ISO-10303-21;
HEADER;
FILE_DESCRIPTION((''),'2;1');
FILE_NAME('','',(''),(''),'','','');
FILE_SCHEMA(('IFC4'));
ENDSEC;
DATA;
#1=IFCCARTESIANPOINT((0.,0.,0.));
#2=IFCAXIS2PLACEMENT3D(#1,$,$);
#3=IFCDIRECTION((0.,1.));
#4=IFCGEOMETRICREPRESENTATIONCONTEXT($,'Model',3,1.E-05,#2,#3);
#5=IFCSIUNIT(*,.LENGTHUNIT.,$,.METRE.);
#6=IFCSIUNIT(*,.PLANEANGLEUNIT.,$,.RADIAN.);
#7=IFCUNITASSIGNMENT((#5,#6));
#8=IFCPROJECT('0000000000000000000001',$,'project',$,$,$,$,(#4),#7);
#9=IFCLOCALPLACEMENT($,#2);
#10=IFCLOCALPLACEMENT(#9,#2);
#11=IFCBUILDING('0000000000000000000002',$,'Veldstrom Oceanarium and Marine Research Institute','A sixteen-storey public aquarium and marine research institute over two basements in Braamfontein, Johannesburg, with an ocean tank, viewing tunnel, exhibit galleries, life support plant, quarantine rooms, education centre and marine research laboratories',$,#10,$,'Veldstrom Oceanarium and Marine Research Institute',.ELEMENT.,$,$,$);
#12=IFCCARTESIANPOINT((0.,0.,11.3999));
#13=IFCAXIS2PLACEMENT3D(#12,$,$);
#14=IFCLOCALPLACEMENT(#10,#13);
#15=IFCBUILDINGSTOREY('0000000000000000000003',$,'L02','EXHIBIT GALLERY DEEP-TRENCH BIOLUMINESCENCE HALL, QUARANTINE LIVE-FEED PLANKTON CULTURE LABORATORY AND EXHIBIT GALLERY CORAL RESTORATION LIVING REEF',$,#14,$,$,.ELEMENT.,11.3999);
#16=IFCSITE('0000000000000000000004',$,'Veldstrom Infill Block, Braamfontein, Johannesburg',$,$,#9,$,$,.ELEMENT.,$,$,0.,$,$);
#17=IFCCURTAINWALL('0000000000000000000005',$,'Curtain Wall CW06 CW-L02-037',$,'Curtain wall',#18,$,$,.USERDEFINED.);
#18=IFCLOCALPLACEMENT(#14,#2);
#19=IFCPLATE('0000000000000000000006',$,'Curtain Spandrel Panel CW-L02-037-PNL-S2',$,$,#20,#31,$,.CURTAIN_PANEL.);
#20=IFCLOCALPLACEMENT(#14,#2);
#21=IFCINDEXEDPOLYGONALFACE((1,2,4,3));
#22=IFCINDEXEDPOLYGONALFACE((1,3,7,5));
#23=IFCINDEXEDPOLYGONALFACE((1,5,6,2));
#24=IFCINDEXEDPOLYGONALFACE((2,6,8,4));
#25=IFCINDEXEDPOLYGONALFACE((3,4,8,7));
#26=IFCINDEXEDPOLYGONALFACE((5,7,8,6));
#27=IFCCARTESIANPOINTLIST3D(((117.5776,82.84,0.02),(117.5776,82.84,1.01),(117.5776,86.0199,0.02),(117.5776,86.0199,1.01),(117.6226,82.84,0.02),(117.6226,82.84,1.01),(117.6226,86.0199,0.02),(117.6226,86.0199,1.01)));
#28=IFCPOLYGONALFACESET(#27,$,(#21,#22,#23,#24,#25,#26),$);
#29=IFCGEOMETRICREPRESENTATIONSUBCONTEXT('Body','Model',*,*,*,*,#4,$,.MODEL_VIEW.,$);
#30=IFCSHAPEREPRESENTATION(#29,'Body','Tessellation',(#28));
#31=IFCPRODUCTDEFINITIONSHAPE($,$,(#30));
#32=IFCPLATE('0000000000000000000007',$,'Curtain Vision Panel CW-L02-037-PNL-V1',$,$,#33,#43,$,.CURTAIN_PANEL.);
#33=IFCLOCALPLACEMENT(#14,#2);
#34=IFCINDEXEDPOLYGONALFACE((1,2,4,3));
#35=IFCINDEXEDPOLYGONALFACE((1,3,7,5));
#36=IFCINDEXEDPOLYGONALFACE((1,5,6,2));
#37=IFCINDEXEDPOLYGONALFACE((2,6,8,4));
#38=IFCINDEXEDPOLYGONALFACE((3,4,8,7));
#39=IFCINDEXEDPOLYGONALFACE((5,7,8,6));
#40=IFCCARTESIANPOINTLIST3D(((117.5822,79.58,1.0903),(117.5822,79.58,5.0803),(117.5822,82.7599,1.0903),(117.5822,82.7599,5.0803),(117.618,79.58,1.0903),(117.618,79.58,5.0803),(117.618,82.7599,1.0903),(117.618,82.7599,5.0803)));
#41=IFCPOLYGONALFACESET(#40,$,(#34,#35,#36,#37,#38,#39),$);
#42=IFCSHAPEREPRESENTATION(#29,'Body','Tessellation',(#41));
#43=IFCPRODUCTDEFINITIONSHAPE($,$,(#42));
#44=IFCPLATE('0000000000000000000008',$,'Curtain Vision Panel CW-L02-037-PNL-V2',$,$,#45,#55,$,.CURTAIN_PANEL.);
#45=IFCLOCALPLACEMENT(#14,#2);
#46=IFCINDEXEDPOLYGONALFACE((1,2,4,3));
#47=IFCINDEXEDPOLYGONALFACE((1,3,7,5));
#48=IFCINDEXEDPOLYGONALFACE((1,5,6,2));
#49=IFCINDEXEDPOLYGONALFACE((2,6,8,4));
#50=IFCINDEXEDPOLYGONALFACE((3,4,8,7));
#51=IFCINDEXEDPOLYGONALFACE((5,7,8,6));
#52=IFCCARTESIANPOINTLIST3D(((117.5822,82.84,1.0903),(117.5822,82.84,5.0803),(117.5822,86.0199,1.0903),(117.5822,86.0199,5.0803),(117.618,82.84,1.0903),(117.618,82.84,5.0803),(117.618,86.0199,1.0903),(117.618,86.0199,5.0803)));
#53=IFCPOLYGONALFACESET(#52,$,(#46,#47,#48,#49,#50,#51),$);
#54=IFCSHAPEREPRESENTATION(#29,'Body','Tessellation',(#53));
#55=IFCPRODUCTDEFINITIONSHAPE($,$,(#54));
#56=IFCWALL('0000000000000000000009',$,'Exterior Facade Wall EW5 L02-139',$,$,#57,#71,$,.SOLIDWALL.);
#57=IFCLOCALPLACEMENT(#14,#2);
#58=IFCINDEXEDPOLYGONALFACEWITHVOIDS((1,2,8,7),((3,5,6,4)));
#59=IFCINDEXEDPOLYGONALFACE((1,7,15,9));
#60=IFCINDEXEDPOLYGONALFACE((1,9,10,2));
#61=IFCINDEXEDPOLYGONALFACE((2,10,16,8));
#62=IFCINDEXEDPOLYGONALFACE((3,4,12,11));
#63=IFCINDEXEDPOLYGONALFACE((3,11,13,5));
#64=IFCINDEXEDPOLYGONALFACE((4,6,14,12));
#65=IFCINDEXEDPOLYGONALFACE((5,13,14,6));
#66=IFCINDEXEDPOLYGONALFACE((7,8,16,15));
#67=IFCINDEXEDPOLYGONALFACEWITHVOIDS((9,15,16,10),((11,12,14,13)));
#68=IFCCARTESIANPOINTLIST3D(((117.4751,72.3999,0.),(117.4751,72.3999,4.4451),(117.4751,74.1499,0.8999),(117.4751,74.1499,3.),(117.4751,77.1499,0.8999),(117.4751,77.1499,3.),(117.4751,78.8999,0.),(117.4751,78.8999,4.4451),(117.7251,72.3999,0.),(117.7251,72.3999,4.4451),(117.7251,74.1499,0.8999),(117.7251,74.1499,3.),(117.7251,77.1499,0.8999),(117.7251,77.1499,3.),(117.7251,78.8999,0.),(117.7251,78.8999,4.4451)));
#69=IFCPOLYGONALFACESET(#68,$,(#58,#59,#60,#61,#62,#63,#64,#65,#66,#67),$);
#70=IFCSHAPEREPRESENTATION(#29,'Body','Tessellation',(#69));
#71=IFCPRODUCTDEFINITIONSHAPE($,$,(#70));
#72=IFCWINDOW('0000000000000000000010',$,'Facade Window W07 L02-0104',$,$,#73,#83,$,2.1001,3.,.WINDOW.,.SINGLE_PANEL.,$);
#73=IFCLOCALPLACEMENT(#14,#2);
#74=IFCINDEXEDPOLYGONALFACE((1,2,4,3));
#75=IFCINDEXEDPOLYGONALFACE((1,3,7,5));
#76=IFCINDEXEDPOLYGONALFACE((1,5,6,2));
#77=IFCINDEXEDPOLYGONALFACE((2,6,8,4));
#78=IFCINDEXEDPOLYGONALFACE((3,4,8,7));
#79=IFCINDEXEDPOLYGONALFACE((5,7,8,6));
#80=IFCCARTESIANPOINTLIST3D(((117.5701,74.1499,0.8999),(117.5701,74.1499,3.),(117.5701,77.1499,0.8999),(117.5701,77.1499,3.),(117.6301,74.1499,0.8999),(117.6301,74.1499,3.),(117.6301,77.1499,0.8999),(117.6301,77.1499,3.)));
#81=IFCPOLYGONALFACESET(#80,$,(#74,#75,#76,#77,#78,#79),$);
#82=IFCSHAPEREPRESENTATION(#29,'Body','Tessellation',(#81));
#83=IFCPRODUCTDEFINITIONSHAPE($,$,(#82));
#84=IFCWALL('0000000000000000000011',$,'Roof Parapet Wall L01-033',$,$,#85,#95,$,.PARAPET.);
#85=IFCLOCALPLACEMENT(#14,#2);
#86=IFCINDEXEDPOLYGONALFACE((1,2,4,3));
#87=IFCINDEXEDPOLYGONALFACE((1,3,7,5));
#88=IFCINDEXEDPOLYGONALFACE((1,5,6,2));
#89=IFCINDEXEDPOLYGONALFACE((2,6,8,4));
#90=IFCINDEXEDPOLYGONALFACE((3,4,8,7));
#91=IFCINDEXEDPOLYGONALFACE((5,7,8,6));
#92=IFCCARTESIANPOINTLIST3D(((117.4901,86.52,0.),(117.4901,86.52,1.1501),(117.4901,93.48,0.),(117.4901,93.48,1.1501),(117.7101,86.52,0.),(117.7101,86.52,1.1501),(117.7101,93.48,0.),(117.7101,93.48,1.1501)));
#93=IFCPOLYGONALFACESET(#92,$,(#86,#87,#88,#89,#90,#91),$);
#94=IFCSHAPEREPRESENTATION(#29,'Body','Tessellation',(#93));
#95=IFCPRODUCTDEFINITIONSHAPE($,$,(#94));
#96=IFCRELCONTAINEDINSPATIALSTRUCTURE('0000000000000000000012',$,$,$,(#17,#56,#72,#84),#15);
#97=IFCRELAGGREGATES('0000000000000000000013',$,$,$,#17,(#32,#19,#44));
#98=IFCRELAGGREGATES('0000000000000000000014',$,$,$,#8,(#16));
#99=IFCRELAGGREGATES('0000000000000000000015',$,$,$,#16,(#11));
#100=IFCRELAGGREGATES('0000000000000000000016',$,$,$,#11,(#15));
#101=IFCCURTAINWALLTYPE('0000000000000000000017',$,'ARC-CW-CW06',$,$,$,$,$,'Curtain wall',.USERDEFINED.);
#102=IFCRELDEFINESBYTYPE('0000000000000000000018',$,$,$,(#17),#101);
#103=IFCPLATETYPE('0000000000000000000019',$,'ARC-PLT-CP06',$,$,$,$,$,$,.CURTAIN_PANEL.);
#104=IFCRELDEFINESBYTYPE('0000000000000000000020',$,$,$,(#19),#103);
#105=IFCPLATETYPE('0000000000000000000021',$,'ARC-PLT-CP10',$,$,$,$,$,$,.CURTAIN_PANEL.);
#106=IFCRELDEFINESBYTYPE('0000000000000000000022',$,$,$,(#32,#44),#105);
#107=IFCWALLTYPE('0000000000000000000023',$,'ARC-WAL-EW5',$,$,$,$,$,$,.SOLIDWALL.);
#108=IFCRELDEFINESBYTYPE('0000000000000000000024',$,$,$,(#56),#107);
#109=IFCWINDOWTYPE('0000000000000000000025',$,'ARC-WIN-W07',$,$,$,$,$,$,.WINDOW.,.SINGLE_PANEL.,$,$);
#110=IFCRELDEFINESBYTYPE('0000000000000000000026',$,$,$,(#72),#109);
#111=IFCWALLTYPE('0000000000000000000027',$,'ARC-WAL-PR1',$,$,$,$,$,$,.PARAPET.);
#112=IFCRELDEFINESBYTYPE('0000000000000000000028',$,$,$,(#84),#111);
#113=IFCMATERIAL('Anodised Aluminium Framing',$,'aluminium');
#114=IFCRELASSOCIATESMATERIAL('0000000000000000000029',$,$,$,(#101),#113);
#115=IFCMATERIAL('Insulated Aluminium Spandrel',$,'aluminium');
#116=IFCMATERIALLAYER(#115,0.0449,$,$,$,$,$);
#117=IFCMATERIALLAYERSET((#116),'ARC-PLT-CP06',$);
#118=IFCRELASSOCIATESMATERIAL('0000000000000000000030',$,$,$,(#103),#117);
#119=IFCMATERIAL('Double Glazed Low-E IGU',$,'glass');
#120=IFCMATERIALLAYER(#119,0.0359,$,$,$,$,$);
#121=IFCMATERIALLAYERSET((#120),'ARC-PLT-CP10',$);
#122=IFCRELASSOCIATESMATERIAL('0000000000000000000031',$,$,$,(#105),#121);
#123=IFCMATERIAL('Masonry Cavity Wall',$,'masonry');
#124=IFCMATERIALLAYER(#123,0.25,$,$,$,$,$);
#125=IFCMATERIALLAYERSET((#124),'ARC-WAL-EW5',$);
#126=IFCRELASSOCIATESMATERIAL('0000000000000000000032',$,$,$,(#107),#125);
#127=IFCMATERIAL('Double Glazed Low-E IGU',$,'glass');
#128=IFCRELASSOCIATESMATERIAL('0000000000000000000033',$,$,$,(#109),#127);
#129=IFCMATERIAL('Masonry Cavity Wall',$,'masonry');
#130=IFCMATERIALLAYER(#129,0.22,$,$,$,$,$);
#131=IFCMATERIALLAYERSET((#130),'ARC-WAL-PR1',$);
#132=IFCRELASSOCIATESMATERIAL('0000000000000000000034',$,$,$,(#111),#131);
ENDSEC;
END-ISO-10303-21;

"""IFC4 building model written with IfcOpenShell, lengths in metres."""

from ifc_helpers import new_model, si_unit, direction, frame, frame_2d, origin, origin_2d, place, context, subcontext, project, spatial, rectangle, extrude, material, layer, layer_set, type_object, element, fill, aggregate, save


model = new_model("IFC4")

# Units and contexts
model_context = context("Model", 3, precision=1e-05, world=origin(), true_north=direction((0.0, 1.0)))
body_context = subcontext(model_context, "Body", "Model", "MODEL_VIEW")
ifc_project = project(units=[si_unit("LENGTHUNIT", "METRE"), si_unit("PLANEANGLEUNIT", "RADIAN")], contexts=[model_context])

# Site, building, storey
site_placement = place(None, origin())
site = spatial("IfcSite", under=ifc_project, at=site_placement, Name="Veldstrom Infill Block, Braamfontein, Johannesburg", CompositionType="ELEMENT", RefElevation=0.0)
building_placement = place(site_placement, origin())
building = spatial("IfcBuilding", under=site, at=building_placement, Name="Veldstrom Oceanarium and Marine Research Institute", Description="A sixteen-storey public aquarium and marine research institute over two basements in Braamfontein, Johannesburg, with an ocean tank, viewing tunnel, exhibit galleries, life support plant, quarantine rooms, education centre and marine research laboratories", LongName="Veldstrom Oceanarium and Marine Research Institute", CompositionType="ELEMENT")
storey_placement = place(building_placement, frame((0.0, 0.0, 11.3999)))
storey = spatial("IfcBuildingStorey", under=building, at=storey_placement, Name="L02", Description="EXHIBIT GALLERY DEEP-TRENCH BIOLUMINESCENCE HALL, QUARANTINE LIVE-FEED PLANKTON CULTURE LABORATORY AND EXHIBIT GALLERY CORAL RESTORATION LIVING REEF", CompositionType="ELEMENT", Elevation=11.3999)

# Curtain wall
ifc_material_1 = material(Name="Anodised Aluminium Framing", Category="aluminium")
curtain_wall_type = type_object("IfcCurtainWallType", Name="ARC-CW-CW06", ElementType="Curtain wall", PredefinedType="USERDEFINED", material=ifc_material_1)
curtain_wall_placement = place(storey_placement, origin())
curtain_wall = element("IfcCurtainWall", 1, at=curtain_wall_placement, inside=storey, type_object=curtain_wall_type, Name="Curtain Wall CW06 CW-L02-037", ObjectType="Curtain wall", PredefinedType="USERDEFINED")

# Plates
ifc_material_2 = material(Name="Insulated Aluminium Spandrel", Category="aluminium")
ifc_layer_1 = layer(ifc_material_2, 0.0449)
ifc_layer_set_1 = layer_set([ifc_layer_1], Name="ARC-PLT-CP06")
plate_type_1 = type_object("IfcPlateType", Name="ARC-PLT-CP06", PredefinedType="CURTAIN_PANEL", material=ifc_layer_set_1)
plate_1_placement = place(storey_placement, frame((117.6001, 84.4299, 0.02), z_axis=(0.0, 0.0, 1.0), x_axis=(0.0, 1.0, 0.0)))
plate_1 = element("IfcPlate", 2, at=plate_1_placement, type_object=plate_type_1, Name="Curtain Spandrel Panel CW-L02-037-PNL-S2", PredefinedType="CURTAIN_PANEL", context=body_context, shape_type="SweptSolid", body=[
    extrude(rectangle(XDim=3.1799, YDim=0.0449, at=origin_2d()), origin(), (0.0, 0.0, 1.0), 0.99),
])
ifc_material_3 = material(Name="Double Glazed Low-E IGU", Category="glass")
ifc_layer_2 = layer(ifc_material_3, 0.0359)
ifc_layer_set_2 = layer_set([ifc_layer_2], Name="ARC-PLT-CP10")
plate_type_2 = type_object("IfcPlateType", Name="ARC-PLT-CP10", PredefinedType="CURTAIN_PANEL", material=ifc_layer_set_2)
plate_2_placement = place(storey_placement, frame((117.6001, 81.1699, 1.0903), z_axis=(0.0, 0.0, 1.0), x_axis=(0.0, 1.0, 0.0)))
plate_2 = element("IfcPlate", 3, at=plate_2_placement, type_object=plate_type_2, Name="Curtain Vision Panel CW-L02-037-PNL-V1", PredefinedType="CURTAIN_PANEL", context=body_context, shape_type="SweptSolid", body=[
    extrude(rectangle(XDim=3.1799, YDim=0.0359, at=origin_2d()), origin(), (0.0, 0.0, 1.0), 3.99),
])
plate_3_placement = place(storey_placement, frame((117.6001, 84.4299, 1.0903), z_axis=(0.0, 0.0, 1.0), x_axis=(0.0, 1.0, 0.0)))
plate_3 = element("IfcPlate", 4, at=plate_3_placement, type_object=plate_type_2, Name="Curtain Vision Panel CW-L02-037-PNL-V2", PredefinedType="CURTAIN_PANEL", context=body_context, shape_type="SweptSolid", body=[
    extrude(rectangle(XDim=3.1799, YDim=0.0359, at=origin_2d()), origin(), (0.0, 0.0, 1.0), 3.99),
])
aggregate(curtain_wall, [plate_2, plate_1, plate_3])

# Wall, opening, window
ifc_material_4 = material(Name="Masonry Cavity Wall", Category="masonry")
ifc_layer_3 = layer(ifc_material_4, 0.25)
ifc_layer_set_3 = layer_set([ifc_layer_3], Name="ARC-WAL-EW5")
wall_type_1 = type_object("IfcWallType", Name="ARC-WAL-EW5", PredefinedType="SOLIDWALL", material=ifc_layer_set_3)
wall_1_placement = place(storey_placement, frame((117.6001, 72.3999, 0.0), z_axis=(0.0, 0.0, 1.0), x_axis=(0.0, 1.0, 0.0)))
wall_1 = element("IfcWall", 5, at=wall_1_placement, inside=storey, type_object=wall_type_1, Name="Exterior Facade Wall EW5 L02-139", PredefinedType="SOLIDWALL", context=body_context, shape_type="SweptSolid", body=[
    extrude(rectangle(XDim=6.5, YDim=0.25, at=frame_2d((3.25, 0.0))), origin(), (0.0, 0.0, 1.0), 4.4451),
])
opening_placement = place(wall_1_placement, frame((1.75, 0.0, 0.8999)))
opening = element("IfcOpeningElement", 6, at=opening_placement, cuts=wall_1, PredefinedType="OPENING", context=body_context, shape_type="SweptSolid", body=[
    extrude(rectangle(XDim=3.0, YDim=2.1001, at=frame_2d((1.5, 1.05))), frame((0.0, 0.135, 0.0), z_axis=(0.0, -1.0, 0.0), x_axis=(1.0, 0.0, 0.0)), (0.0, 0.0, 1.0), 0.27),
])
ifc_material_5 = material(Name="Double Glazed Low-E IGU", Category="glass")
window_type = type_object("IfcWindowType", Name="ARC-WIN-W07", PartitioningType="SINGLE_PANEL", PredefinedType="WINDOW", material=ifc_material_5)
window_placement = place(opening_placement, origin())
window = element("IfcWindow", 7, at=window_placement, inside=storey, type_object=window_type, Name="Facade Window W07 L02-0104", OverallHeight=2.1001, OverallWidth=3.0, PartitioningType="SINGLE_PANEL", PredefinedType="WINDOW", context=body_context, shape_type="SweptSolid", body=[
    extrude(rectangle(XDim=3.0, YDim=2.1001, at=frame_2d((1.5, 1.05))), frame((0.0, 0.03, 0.0), z_axis=(0.0, -1.0, 0.0), x_axis=(1.0, 0.0, 0.0)), (0.0, 0.0, 1.0), 0.0601),
])
fill(opening, window)

# Wall
ifc_material_6 = material(Name="Masonry Cavity Wall", Category="masonry")
ifc_layer_4 = layer(ifc_material_6, 0.22)
ifc_layer_set_4 = layer_set([ifc_layer_4], Name="ARC-WAL-PR1")
wall_type_2 = type_object("IfcWallType", Name="ARC-WAL-PR1", PredefinedType="PARAPET", material=ifc_layer_set_4)
wall_2_placement = place(storey_placement, frame((117.6001, 86.52, 0.0), z_axis=(0.0, 0.0, 1.0), x_axis=(0.0, 1.0, 0.0)))
element("IfcWall", 8, at=wall_2_placement, inside=storey, type_object=wall_type_2, Name="Roof Parapet Wall L01-033", PredefinedType="PARAPET", context=body_context, shape_type="SweptSolid", body=[
    extrude(rectangle(XDim=6.96, YDim=0.22, at=frame_2d((3.48, 0.0))), origin(), (0.0, 0.0, 1.0), 1.1501),
])

save(model, "model.ifc")
